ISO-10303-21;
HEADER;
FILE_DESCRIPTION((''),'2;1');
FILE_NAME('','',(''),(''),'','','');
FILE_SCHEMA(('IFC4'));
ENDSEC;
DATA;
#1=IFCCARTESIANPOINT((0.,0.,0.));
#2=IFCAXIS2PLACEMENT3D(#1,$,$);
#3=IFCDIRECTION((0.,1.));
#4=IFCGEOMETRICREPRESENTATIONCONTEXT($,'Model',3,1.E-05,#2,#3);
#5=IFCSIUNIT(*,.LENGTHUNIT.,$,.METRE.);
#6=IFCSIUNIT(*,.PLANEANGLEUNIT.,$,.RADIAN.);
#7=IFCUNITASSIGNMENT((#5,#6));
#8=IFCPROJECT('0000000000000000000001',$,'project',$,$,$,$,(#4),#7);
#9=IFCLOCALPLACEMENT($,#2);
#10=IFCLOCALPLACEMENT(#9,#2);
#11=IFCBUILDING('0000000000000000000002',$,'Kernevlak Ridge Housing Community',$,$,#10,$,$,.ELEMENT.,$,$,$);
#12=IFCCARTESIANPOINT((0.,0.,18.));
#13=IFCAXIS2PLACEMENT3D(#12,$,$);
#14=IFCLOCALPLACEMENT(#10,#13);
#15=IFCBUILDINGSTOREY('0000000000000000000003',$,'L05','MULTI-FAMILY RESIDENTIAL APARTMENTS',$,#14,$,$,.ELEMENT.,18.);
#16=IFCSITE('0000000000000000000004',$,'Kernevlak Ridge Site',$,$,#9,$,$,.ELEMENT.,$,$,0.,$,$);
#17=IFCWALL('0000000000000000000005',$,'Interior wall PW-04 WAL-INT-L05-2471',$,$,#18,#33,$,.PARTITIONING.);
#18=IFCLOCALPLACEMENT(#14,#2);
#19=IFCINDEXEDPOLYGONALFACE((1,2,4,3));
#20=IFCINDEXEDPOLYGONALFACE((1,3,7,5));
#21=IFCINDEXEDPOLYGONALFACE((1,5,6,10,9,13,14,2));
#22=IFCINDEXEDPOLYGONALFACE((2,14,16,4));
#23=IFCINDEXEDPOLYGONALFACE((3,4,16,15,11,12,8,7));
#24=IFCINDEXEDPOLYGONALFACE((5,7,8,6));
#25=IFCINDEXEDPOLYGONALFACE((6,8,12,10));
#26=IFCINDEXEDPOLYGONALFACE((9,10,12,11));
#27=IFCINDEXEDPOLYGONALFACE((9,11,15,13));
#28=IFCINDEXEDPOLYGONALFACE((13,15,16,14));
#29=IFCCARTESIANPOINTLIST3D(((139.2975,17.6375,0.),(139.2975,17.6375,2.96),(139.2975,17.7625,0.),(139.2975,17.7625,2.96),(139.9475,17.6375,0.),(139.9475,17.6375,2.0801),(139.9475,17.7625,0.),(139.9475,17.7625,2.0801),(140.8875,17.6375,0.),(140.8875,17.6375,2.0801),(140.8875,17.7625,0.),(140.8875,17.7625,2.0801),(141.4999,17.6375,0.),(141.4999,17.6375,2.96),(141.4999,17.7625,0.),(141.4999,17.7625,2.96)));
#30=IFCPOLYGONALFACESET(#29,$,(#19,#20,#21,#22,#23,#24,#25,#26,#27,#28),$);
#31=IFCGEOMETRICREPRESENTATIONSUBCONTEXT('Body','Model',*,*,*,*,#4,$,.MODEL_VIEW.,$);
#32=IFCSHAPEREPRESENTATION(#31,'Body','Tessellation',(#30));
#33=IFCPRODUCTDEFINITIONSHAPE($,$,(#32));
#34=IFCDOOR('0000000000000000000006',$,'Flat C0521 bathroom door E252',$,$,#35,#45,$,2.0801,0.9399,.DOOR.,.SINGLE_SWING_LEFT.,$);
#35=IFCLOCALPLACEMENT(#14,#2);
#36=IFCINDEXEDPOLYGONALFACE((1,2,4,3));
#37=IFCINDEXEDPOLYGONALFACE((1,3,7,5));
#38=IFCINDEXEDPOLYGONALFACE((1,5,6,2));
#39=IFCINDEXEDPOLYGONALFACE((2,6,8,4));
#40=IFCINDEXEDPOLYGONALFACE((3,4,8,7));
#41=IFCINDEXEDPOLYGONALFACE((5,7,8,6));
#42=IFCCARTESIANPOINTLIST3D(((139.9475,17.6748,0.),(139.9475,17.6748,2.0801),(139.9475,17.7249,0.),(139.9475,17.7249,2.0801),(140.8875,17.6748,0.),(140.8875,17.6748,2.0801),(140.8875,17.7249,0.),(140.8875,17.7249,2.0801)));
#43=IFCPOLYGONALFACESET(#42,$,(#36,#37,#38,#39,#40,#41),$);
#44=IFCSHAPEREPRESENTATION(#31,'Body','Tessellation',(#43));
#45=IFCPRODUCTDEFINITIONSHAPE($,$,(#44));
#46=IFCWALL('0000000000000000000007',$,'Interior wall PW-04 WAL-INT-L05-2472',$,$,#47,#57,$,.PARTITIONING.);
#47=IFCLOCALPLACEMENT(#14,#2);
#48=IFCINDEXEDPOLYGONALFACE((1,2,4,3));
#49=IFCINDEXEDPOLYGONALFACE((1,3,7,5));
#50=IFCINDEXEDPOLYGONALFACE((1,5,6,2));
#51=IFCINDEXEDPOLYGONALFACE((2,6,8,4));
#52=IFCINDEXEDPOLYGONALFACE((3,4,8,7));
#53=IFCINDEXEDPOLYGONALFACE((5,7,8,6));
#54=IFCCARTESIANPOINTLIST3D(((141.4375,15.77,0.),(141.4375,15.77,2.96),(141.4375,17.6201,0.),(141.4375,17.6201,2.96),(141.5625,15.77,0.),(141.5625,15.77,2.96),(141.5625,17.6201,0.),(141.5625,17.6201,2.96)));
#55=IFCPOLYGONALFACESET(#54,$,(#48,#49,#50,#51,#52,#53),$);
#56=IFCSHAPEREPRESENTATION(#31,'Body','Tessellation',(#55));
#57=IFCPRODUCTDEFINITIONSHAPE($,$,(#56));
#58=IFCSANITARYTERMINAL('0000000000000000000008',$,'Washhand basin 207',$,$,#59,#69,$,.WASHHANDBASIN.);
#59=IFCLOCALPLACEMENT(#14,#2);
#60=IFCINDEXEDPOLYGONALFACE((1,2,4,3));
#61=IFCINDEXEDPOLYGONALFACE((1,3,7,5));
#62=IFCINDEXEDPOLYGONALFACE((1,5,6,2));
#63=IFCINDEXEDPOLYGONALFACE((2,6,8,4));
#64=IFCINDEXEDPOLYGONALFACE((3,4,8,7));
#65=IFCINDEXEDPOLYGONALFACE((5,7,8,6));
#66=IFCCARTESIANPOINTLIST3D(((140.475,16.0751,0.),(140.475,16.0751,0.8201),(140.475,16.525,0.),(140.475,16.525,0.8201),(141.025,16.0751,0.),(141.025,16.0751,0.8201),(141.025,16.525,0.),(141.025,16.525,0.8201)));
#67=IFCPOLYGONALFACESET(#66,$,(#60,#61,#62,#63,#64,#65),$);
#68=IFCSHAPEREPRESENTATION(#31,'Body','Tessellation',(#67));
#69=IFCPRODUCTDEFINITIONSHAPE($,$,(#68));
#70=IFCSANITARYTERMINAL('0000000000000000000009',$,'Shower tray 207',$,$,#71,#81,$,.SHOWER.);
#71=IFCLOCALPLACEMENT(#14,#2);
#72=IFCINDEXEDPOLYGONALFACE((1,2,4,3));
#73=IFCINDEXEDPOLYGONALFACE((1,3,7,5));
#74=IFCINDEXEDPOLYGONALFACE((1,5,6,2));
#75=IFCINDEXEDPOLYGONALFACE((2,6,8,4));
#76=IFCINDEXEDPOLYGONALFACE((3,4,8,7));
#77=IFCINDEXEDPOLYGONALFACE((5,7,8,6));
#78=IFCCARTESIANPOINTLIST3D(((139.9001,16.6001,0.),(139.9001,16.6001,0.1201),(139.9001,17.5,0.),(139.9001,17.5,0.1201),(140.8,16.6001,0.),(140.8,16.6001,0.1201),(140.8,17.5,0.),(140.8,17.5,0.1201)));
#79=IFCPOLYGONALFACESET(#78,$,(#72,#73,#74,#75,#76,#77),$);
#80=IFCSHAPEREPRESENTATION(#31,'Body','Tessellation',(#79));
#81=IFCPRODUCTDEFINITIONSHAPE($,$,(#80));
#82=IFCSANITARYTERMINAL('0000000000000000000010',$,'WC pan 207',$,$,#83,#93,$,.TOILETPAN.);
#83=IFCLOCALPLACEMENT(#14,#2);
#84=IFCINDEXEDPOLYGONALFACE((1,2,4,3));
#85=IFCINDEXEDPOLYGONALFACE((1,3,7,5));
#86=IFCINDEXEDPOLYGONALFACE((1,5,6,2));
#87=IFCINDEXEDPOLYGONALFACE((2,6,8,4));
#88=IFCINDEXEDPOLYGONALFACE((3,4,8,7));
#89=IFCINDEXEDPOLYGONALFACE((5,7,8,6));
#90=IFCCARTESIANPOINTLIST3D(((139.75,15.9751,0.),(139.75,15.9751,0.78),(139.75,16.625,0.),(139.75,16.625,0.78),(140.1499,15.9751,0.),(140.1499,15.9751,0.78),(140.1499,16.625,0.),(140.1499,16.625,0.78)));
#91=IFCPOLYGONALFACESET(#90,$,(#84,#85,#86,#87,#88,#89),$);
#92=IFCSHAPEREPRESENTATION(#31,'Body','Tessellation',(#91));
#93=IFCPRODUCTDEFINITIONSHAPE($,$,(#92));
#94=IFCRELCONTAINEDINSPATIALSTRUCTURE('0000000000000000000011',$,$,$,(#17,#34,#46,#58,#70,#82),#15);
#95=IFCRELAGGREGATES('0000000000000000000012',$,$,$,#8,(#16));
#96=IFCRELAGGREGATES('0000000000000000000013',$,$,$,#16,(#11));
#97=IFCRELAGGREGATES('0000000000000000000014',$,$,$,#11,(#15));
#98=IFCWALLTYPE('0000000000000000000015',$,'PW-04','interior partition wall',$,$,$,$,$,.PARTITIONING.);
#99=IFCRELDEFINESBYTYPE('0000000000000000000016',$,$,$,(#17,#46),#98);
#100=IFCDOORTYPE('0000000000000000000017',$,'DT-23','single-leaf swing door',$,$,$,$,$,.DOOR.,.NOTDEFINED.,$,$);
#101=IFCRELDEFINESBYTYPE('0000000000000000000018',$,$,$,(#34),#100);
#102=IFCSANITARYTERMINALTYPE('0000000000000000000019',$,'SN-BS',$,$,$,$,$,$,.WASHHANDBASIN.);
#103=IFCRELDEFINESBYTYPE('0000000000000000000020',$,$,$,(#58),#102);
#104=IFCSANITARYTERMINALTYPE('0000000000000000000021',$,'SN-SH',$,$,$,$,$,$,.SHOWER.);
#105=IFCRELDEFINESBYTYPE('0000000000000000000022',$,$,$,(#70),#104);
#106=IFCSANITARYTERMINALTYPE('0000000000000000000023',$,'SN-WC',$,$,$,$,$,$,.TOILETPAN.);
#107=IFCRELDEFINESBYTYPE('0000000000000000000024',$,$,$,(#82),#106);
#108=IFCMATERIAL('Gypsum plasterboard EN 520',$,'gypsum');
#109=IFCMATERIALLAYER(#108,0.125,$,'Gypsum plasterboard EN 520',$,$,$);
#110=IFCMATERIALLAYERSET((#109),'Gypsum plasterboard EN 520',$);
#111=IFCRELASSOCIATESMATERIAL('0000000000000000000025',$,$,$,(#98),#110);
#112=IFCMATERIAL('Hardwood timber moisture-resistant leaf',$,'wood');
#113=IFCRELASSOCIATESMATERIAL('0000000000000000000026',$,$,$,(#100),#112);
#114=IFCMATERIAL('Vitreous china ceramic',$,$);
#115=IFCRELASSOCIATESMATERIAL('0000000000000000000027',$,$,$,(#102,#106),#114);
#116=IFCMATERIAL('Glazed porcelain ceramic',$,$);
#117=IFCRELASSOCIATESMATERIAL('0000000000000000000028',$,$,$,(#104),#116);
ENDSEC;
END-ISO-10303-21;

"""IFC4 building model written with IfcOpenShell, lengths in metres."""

from ifc_helpers import new_model, si_unit, direction, frame, frame_2d, origin, origin_2d, place, context, subcontext, project, spatial, rectangle, extrude, material, layer, layer_set, type_object, element, fill, save


model = new_model("IFC4")

# Units and contexts
model_context = context("Model", 3, precision=1e-05, world=origin(), true_north=direction((0.0, 1.0)))
body_context = subcontext(model_context, "Body", "Model", "MODEL_VIEW")
ifc_project = project(units=[si_unit("LENGTHUNIT", "METRE"), si_unit("PLANEANGLEUNIT", "RADIAN")], contexts=[model_context])

# Site, building, storey
site_placement = place(None, origin())
site = spatial("IfcSite", under=ifc_project, at=site_placement, Name="Kernevlak Ridge Site", CompositionType="ELEMENT", RefElevation=0.0)
building_placement = place(site_placement, origin())
building = spatial("IfcBuilding", under=site, at=building_placement, Name="Kernevlak Ridge Housing Community", CompositionType="ELEMENT")
storey_placement = place(building_placement, frame((0.0, 0.0, 18.0)))
storey = spatial("IfcBuildingStorey", under=building, at=storey_placement, Name="L05", Description="MULTI-FAMILY RESIDENTIAL APARTMENTS", CompositionType="ELEMENT", Elevation=18.0)

# Wall, opening, door
ifc_material_1 = material(Name="Gypsum plasterboard EN 520", Category="gypsum")
ifc_layer_1 = layer(ifc_material_1, 0.125, Name="Gypsum plasterboard EN 520")
ifc_layer_set_1 = layer_set([ifc_layer_1], Name="Gypsum plasterboard EN 520")
wall_type_1 = type_object("IfcWallType", Name="PW-04", Description="interior partition wall", PredefinedType="PARTITIONING", material=ifc_layer_set_1)
wall_1_placement = place(storey_placement, frame((139.2976, 17.7, 0.0), z_axis=(0.0, 0.0, 1.0), x_axis=(1.0, 0.0, 0.0)))
wall_1 = element("IfcWall", 1, at=wall_1_placement, inside=storey, type_object=wall_type_1, Name="Interior wall PW-04 WAL-INT-L05-2471", PredefinedType="PARTITIONING", context=body_context, shape_type="SweptSolid", body=[
    extrude(rectangle(XDim=2.2024, YDim=0.125, at=frame_2d((1.1011, 0.0))), origin(), (0.0, 0.0, 1.0), 2.96),
])
opening_1_placement = place(wall_1_placement, frame((0.6499, 0.0, 0.0)))
opening_1 = element("IfcOpeningElement", 2, at=opening_1_placement, cuts=wall_1, PredefinedType="OPENING", context=body_context, shape_type="SweptSolid", body=[
    extrude(rectangle(XDim=0.9399, YDim=2.0801, at=frame_2d((0.47, 1.04))), frame((0.0, 0.0725, 0.0), z_axis=(0.0, -1.0, 0.0), x_axis=(1.0, 0.0, 0.0)), (0.0, 0.0, 1.0), 0.145),
])
ifc_material_2 = material(Name="Hardwood timber moisture-resistant leaf", Category="wood")
door_type_1 = type_object("IfcDoorType", Name="DT-23", Description="single-leaf swing door", OperationType="NOTDEFINED", PredefinedType="DOOR", material=ifc_material_2)
door_1_placement = place(opening_1_placement, origin())
door_1 = element("IfcDoor", 3, at=door_1_placement, inside=storey, type_object=door_type_1, Name="Flat C0521 bathroom door E252", OperationType="SINGLE_SWING_LEFT", OverallHeight=2.0801, OverallWidth=0.9399, PredefinedType="DOOR", context=body_context, shape_type="SweptSolid", body=[
    extrude(rectangle(XDim=0.9399, YDim=2.0801, at=frame_2d((0.47, 1.04))), frame((0.0, 0.0249, 0.0), z_axis=(0.0, -1.0, 0.0), x_axis=(1.0, 0.0, 0.0)), (0.0, 0.0, 1.0), 0.05),
])
fill(opening_1, door_1)

# Wall
wall_2_placement = place(storey_placement, frame((141.5, 15.77, 0.0), z_axis=(0.0, 0.0, 1.0), x_axis=(0.0, 1.0, 0.0)))
element("IfcWall", 4, at=wall_2_placement, inside=storey, type_object=wall_type_1, Name="Interior wall PW-04 WAL-INT-L05-2472", PredefinedType="PARTITIONING", context=body_context, shape_type="SweptSolid", body=[
    extrude(rectangle(XDim=1.8501, YDim=0.125, at=frame_2d((0.925, 0.0))), origin(), (0.0, 0.0, 1.0), 2.96),
])

# Sanitary terminals
ifc_material_3 = material(Name="Vitreous china ceramic")
sanitary_terminal_type_1 = type_object("IfcSanitaryTerminalType", Name="SN-BS", PredefinedType="WASHHANDBASIN", material=ifc_material_3)
sanitary_terminal_1_placement = place(storey_placement, frame((140.75, 16.3, 0.0), z_axis=(0.0, 0.0, 1.0), x_axis=(1.0, 0.0, 0.0)))
element("IfcSanitaryTerminal", 5, at=sanitary_terminal_1_placement, inside=storey, type_object=sanitary_terminal_type_1, Name="Washhand basin 207", PredefinedType="WASHHANDBASIN", context=body_context, shape_type="SweptSolid", body=[
    extrude(rectangle(XDim=0.55, YDim=0.45, at=origin_2d()), origin(), (0.0, 0.0, 1.0), 0.8201),
])
ifc_material_4 = material(Name="Glazed porcelain ceramic")
sanitary_terminal_type_2 = type_object("IfcSanitaryTerminalType", Name="SN-SH", PredefinedType="SHOWER", material=ifc_material_4)
sanitary_terminal_2_placement = place(storey_placement, frame((140.3501, 17.05, 0.0), z_axis=(0.0, 0.0, 1.0), x_axis=(1.0, 0.0, 0.0)))
element("IfcSanitaryTerminal", 6, at=sanitary_terminal_2_placement, inside=storey, type_object=sanitary_terminal_type_2, Name="Shower tray 207", PredefinedType="SHOWER", context=body_context, shape_type="SweptSolid", body=[
    extrude(rectangle(XDim=0.8999, YDim=0.8999, at=origin_2d()), origin(), (0.0, 0.0, 1.0), 0.1201),
])
sanitary_terminal_type_3 = type_object("IfcSanitaryTerminalType", Name="SN-WC", PredefinedType="TOILETPAN", material=ifc_material_3)
sanitary_terminal_3_placement = place(storey_placement, frame((139.95, 16.3, 0.0), z_axis=(0.0, 0.0, 1.0), x_axis=(1.0, 0.0, 0.0)))
element("IfcSanitaryTerminal", 7, at=sanitary_terminal_3_placement, inside=storey, type_object=sanitary_terminal_type_3, Name="WC pan 207", PredefinedType="TOILETPAN", context=body_context, shape_type="SweptSolid", body=[
    extrude(rectangle(XDim=0.3999, YDim=0.6499, at=origin_2d()), origin(), (0.0, 0.0, 1.0), 0.78),
])

save(model, "model.ifc")
